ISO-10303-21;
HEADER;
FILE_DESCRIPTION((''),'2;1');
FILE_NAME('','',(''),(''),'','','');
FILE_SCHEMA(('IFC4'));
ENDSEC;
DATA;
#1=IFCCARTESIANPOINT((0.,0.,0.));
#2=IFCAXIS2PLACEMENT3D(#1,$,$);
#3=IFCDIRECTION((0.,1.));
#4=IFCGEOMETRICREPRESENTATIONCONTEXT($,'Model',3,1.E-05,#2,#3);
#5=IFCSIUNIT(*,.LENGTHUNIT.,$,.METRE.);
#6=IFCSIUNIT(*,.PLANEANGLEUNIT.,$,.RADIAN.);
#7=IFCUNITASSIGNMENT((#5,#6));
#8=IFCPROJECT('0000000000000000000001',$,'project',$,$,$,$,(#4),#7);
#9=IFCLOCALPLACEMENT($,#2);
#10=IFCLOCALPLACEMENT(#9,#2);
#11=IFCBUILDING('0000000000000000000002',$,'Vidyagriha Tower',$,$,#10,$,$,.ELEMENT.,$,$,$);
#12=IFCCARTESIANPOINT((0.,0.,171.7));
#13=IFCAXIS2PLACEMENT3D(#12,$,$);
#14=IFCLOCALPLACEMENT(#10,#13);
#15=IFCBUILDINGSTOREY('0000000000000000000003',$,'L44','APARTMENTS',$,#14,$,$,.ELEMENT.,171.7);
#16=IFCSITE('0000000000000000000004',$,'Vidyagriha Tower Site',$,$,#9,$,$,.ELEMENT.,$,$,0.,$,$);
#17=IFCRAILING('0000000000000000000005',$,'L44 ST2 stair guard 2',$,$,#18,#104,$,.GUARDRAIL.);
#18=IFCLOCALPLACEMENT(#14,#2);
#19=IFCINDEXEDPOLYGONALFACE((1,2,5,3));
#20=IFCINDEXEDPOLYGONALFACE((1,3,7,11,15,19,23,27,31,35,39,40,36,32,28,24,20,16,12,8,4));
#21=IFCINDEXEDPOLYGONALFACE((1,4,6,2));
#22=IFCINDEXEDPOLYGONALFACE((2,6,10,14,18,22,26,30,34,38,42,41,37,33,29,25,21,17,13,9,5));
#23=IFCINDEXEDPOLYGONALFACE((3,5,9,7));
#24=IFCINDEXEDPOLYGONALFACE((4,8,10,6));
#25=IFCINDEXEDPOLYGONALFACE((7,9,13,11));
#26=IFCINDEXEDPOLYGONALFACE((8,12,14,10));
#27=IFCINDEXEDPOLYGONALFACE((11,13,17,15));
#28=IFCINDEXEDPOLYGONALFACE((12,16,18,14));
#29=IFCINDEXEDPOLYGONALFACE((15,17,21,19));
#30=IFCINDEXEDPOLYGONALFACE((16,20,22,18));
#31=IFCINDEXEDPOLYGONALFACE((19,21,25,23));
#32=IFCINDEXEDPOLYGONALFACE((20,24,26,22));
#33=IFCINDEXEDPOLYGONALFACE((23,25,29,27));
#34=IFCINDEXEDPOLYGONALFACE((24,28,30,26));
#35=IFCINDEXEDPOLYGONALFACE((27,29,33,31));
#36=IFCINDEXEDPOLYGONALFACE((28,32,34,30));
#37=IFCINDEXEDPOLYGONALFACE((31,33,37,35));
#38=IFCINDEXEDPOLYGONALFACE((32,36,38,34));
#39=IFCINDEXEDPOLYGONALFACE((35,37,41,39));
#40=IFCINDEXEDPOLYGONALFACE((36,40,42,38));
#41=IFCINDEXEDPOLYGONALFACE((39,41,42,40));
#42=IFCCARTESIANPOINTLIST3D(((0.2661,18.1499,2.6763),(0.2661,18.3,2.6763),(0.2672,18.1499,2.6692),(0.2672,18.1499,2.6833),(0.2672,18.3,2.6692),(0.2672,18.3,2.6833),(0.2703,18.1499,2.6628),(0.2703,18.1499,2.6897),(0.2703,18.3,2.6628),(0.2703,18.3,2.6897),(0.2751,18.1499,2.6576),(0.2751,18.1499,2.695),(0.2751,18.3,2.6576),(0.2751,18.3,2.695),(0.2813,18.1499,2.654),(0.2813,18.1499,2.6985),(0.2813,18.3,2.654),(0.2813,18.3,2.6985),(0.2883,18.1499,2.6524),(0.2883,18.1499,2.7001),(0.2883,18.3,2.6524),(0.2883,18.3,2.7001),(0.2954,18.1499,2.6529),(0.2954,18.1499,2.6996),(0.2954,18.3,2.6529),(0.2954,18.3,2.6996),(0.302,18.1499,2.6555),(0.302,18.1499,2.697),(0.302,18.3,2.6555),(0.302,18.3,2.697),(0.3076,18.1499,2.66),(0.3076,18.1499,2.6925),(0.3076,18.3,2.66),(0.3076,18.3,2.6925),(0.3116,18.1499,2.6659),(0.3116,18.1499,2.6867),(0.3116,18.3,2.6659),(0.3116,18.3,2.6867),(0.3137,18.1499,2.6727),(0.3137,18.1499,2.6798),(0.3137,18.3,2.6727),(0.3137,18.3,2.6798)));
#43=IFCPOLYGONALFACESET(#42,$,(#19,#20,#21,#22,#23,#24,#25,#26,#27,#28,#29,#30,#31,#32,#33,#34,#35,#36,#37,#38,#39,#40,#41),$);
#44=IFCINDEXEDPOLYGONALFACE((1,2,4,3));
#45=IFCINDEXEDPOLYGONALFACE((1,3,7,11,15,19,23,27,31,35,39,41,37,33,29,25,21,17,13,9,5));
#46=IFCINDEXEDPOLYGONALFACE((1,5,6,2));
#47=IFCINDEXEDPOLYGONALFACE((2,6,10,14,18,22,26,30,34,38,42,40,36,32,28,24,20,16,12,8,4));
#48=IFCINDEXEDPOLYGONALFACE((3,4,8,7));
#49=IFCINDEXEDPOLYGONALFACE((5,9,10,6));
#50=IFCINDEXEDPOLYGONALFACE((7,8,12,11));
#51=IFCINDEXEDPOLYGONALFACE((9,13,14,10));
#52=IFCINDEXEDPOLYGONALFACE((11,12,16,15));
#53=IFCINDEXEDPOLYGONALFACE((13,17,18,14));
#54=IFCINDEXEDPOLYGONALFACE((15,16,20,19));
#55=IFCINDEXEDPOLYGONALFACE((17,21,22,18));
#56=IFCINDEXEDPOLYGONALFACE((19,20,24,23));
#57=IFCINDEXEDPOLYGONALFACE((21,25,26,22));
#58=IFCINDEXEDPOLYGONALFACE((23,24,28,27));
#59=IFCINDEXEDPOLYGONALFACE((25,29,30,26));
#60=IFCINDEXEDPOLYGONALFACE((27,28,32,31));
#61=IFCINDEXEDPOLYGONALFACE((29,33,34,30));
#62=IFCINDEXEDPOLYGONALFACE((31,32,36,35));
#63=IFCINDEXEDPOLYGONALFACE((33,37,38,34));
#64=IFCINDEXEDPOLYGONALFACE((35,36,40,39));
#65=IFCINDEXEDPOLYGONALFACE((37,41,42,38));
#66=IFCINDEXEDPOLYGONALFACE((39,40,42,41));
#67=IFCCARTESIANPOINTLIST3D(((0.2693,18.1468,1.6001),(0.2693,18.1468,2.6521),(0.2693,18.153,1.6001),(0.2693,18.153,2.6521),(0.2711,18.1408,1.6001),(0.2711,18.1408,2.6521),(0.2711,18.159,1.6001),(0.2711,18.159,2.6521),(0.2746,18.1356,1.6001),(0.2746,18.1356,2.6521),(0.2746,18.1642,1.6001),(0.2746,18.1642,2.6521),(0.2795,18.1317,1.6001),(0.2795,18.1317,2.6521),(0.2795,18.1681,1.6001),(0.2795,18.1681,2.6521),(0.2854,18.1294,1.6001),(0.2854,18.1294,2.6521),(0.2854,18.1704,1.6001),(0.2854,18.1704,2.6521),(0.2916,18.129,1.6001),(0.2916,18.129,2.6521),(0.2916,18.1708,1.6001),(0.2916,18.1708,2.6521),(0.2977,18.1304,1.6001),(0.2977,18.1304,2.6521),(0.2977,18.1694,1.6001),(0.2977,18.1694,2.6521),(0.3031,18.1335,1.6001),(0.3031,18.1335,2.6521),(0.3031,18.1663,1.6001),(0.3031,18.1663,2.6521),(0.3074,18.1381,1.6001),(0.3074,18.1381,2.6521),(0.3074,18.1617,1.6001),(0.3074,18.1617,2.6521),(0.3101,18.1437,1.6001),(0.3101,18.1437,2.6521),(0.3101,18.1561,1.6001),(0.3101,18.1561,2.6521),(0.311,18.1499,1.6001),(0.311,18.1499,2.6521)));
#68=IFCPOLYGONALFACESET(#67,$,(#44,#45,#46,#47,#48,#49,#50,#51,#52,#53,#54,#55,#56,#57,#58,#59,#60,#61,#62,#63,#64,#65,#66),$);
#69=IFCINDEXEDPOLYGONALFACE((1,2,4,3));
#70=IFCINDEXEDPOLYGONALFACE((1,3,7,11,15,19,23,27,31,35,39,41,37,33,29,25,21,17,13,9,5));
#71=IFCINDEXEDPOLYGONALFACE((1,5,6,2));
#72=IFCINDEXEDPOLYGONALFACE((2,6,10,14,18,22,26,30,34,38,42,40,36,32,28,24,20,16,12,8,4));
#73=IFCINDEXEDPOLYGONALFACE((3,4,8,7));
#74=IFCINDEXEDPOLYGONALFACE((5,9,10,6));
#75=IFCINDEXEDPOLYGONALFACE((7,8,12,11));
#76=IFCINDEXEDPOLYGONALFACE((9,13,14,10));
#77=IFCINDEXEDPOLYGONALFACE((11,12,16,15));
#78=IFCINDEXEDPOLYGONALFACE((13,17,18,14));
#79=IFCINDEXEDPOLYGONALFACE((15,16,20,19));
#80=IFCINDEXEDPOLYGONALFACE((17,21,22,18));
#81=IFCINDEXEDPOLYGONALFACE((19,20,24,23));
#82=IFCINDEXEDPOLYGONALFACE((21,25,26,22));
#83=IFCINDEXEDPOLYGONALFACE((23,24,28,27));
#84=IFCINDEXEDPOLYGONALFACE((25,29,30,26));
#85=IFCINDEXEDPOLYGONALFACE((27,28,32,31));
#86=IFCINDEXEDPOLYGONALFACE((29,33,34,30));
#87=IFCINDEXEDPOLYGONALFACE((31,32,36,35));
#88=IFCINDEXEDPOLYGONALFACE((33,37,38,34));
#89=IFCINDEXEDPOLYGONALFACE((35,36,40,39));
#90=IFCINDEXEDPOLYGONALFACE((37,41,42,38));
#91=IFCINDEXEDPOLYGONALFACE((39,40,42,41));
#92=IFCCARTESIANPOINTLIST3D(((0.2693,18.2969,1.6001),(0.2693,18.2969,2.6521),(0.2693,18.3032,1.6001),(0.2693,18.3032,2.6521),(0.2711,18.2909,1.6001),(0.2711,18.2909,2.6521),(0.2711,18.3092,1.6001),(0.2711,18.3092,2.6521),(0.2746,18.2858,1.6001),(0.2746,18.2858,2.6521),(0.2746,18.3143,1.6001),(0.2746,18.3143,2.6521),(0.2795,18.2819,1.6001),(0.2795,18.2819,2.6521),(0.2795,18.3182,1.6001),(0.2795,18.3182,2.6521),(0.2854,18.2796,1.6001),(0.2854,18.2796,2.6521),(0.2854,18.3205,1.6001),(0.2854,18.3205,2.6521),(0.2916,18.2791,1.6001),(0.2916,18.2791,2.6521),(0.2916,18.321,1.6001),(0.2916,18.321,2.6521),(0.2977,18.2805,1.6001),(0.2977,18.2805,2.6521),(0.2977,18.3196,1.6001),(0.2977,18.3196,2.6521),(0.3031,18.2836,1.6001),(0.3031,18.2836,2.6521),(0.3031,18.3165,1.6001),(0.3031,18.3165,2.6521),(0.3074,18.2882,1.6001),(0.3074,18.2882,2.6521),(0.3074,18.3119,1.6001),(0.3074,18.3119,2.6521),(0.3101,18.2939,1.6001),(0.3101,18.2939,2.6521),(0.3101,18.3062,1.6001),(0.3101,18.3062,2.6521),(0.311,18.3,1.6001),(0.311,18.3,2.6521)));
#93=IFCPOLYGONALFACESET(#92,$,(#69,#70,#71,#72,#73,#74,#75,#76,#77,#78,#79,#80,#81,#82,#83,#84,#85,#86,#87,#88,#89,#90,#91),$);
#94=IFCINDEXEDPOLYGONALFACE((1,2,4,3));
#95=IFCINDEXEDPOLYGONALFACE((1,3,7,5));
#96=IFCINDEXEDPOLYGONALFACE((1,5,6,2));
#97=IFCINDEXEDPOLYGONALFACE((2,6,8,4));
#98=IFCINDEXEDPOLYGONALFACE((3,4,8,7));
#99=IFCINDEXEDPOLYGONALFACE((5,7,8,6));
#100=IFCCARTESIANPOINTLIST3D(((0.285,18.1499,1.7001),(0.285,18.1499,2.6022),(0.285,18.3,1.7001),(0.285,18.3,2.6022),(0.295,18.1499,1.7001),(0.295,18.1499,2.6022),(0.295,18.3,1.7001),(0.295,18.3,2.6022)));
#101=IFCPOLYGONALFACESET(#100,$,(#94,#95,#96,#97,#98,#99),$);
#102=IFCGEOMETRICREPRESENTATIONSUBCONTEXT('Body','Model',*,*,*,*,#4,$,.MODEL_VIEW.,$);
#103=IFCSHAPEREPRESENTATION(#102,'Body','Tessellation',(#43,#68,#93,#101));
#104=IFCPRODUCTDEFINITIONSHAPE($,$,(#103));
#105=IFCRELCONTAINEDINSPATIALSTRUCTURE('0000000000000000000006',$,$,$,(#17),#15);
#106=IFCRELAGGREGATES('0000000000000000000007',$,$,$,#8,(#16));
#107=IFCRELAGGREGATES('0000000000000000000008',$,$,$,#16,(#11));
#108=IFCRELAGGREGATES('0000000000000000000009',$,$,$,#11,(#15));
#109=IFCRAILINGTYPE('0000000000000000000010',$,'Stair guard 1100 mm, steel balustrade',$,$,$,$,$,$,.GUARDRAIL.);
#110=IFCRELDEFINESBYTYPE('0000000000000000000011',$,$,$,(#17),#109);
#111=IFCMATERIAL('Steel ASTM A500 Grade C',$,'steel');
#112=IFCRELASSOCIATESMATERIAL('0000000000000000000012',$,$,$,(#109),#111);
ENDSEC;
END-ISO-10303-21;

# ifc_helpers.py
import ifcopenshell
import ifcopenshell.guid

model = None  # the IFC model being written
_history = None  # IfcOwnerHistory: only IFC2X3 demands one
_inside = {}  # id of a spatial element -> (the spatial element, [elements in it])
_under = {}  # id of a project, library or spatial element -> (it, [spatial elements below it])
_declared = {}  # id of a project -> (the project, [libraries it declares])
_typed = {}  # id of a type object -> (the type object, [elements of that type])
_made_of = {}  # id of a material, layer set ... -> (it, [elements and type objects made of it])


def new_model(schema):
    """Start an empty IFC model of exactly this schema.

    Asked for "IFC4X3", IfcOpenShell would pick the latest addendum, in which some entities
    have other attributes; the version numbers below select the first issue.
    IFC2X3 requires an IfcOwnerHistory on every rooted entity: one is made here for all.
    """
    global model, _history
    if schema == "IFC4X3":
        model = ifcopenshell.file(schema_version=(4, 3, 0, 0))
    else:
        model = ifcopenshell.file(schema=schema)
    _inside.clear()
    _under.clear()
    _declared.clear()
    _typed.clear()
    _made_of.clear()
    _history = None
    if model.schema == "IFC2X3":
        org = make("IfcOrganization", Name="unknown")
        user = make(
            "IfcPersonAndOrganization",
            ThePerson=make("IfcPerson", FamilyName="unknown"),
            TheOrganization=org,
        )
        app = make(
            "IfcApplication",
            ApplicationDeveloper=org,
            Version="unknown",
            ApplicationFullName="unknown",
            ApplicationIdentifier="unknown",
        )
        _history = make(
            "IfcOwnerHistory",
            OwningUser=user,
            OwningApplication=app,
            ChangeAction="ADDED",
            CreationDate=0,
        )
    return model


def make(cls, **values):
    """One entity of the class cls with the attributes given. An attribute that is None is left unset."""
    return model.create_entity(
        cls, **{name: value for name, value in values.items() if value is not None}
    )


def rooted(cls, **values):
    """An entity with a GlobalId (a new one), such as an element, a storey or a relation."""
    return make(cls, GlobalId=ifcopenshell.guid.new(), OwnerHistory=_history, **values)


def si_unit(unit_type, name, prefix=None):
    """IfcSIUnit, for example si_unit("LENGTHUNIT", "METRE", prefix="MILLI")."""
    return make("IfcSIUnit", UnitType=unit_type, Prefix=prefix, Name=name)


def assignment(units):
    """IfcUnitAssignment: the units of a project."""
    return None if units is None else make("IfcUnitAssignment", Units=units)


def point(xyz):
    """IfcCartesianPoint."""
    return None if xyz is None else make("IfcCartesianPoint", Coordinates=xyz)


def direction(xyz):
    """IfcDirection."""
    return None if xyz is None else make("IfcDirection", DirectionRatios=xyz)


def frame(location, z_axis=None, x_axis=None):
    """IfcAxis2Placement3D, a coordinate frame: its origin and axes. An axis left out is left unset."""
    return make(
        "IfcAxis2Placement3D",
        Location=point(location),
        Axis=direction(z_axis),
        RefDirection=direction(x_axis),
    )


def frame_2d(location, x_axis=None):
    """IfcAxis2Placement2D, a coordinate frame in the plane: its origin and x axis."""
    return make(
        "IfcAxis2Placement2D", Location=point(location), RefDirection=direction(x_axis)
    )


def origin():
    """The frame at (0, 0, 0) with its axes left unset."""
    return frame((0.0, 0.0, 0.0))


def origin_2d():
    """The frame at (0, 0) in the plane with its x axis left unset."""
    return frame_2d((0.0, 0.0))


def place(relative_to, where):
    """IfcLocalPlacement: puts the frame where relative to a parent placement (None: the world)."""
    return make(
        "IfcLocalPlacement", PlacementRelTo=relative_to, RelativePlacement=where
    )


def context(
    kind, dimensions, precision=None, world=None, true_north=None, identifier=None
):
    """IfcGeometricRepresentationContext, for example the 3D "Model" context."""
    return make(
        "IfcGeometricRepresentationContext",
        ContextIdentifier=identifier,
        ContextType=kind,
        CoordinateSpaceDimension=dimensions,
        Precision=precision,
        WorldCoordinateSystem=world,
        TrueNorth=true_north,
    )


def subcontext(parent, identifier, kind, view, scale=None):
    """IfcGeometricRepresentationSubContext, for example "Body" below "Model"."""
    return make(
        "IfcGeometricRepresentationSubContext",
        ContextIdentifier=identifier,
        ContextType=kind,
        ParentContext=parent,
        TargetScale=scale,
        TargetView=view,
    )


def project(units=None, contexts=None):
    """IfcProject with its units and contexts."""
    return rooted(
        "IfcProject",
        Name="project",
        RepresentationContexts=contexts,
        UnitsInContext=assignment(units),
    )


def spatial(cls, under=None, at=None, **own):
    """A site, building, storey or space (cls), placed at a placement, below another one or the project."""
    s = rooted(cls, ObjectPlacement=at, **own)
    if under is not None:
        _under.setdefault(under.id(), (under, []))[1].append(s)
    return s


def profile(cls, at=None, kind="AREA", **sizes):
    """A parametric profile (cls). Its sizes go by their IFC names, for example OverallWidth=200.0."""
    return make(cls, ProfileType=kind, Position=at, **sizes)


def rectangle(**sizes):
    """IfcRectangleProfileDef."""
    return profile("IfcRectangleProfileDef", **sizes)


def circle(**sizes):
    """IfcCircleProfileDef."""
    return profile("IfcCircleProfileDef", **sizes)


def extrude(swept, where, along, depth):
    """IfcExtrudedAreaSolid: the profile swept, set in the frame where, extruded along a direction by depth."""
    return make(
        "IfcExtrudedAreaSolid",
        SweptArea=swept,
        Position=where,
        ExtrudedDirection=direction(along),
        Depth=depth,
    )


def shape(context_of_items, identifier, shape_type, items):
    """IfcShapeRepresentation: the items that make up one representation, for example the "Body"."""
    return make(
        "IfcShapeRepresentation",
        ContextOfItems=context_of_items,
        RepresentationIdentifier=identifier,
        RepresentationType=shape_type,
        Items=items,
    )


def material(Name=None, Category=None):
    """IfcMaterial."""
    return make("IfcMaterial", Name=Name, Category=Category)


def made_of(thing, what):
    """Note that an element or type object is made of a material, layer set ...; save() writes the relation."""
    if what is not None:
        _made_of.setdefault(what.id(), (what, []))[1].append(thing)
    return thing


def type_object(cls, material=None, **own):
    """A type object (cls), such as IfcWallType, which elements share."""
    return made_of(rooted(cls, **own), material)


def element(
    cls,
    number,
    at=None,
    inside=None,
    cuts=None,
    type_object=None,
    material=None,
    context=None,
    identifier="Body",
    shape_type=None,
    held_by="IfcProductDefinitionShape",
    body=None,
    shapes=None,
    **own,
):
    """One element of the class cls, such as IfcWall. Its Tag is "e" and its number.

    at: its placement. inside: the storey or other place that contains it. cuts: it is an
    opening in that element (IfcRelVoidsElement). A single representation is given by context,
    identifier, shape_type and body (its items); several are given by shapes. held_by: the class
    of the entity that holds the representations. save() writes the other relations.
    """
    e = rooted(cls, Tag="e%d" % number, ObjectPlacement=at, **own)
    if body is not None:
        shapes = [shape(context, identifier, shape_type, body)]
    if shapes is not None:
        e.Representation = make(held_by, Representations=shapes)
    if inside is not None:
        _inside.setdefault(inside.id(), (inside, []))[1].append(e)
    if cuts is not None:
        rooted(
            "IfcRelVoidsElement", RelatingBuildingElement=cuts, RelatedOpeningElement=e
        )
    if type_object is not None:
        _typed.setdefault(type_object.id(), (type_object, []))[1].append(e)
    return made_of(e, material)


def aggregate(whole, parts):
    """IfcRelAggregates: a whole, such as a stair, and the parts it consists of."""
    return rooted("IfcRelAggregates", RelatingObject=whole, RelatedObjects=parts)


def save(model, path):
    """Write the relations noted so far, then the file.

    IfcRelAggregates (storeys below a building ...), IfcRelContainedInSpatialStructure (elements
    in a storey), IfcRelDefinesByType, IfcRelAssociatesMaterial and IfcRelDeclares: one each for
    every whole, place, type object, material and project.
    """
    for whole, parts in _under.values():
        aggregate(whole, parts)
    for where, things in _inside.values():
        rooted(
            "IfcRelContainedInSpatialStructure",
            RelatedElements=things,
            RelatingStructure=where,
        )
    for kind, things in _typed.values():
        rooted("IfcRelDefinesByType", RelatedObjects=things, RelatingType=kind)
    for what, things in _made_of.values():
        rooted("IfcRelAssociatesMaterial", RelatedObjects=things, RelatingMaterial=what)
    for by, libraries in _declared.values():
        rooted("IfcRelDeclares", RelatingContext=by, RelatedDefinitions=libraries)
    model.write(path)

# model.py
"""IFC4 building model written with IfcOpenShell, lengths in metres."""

from ifc_helpers import new_model, si_unit, direction, frame, origin, origin_2d, place, context, subcontext, project, spatial, rectangle, circle, extrude, material, type_object, element, save


model = new_model("IFC4")

# Units and contexts
model_context = context("Model", 3, precision=1e-05, world=origin(), true_north=direction((0.0, 1.0)))
body_context = subcontext(model_context, "Body", "Model", "MODEL_VIEW")
ifc_project = project(units=[si_unit("LENGTHUNIT", "METRE"), si_unit("PLANEANGLEUNIT", "RADIAN")], contexts=[model_context])

# Site, building, storey
site_placement = place(None, origin())
site = spatial("IfcSite", under=ifc_project, at=site_placement, Name="Vidyagriha Tower Site", CompositionType="ELEMENT", RefElevation=0.0)
building_placement = place(site_placement, origin())
building = spatial("IfcBuilding", under=site, at=building_placement, Name="Vidyagriha Tower", CompositionType="ELEMENT")
storey_placement = place(building_placement, frame((0.0, 0.0, 171.7)))
storey = spatial("IfcBuildingStorey", under=building, at=storey_placement, Name="L44", Description="APARTMENTS", CompositionType="ELEMENT", Elevation=171.7)

# Railing
ifc_material_1 = material(Name="Steel ASTM A500 Grade C", Category="steel")
railing_type_1 = type_object("IfcRailingType", Name="Stair guard 1100 mm, steel balustrade", PredefinedType="GUARDRAIL", material=ifc_material_1)
railing_1_placement = place(storey_placement, frame((0.29, 18.1499, 1.6001)))
element("IfcRailing", 1, at=railing_1_placement, inside=storey, type_object=railing_type_1, Name="L44 ST2 stair guard 2", PredefinedType="GUARDRAIL", context=body_context, shape_type="SweptSolid", body=[
    extrude(circle(Radius=0.0239, at=origin_2d()), frame((0.0, 0.0, 1.0762), z_axis=(0.0, 1.0, 0.0), x_axis=(-1.0, 0.0, 0.0)), (0.0, 0.0, 1.0), 0.1501),
    extrude(circle(Radius=0.021, at=origin_2d()), origin(), (0.0, 0.0, 1.0), 1.052),
    extrude(circle(Radius=0.021, at=origin_2d()), frame((0.0, 0.1501, 0.0)), (0.0, 0.0, 1.0), 1.052),
    extrude(rectangle(XDim=0.01, YDim=0.9021, at=origin_2d()), frame((0.0, 0.0, 0.551), z_axis=(0.0, 1.0, 0.0), x_axis=(-1.0, 0.0, 0.0)), (0.0, 0.0, 1.0), 0.1501),
])

save(model, "model.ifc")
